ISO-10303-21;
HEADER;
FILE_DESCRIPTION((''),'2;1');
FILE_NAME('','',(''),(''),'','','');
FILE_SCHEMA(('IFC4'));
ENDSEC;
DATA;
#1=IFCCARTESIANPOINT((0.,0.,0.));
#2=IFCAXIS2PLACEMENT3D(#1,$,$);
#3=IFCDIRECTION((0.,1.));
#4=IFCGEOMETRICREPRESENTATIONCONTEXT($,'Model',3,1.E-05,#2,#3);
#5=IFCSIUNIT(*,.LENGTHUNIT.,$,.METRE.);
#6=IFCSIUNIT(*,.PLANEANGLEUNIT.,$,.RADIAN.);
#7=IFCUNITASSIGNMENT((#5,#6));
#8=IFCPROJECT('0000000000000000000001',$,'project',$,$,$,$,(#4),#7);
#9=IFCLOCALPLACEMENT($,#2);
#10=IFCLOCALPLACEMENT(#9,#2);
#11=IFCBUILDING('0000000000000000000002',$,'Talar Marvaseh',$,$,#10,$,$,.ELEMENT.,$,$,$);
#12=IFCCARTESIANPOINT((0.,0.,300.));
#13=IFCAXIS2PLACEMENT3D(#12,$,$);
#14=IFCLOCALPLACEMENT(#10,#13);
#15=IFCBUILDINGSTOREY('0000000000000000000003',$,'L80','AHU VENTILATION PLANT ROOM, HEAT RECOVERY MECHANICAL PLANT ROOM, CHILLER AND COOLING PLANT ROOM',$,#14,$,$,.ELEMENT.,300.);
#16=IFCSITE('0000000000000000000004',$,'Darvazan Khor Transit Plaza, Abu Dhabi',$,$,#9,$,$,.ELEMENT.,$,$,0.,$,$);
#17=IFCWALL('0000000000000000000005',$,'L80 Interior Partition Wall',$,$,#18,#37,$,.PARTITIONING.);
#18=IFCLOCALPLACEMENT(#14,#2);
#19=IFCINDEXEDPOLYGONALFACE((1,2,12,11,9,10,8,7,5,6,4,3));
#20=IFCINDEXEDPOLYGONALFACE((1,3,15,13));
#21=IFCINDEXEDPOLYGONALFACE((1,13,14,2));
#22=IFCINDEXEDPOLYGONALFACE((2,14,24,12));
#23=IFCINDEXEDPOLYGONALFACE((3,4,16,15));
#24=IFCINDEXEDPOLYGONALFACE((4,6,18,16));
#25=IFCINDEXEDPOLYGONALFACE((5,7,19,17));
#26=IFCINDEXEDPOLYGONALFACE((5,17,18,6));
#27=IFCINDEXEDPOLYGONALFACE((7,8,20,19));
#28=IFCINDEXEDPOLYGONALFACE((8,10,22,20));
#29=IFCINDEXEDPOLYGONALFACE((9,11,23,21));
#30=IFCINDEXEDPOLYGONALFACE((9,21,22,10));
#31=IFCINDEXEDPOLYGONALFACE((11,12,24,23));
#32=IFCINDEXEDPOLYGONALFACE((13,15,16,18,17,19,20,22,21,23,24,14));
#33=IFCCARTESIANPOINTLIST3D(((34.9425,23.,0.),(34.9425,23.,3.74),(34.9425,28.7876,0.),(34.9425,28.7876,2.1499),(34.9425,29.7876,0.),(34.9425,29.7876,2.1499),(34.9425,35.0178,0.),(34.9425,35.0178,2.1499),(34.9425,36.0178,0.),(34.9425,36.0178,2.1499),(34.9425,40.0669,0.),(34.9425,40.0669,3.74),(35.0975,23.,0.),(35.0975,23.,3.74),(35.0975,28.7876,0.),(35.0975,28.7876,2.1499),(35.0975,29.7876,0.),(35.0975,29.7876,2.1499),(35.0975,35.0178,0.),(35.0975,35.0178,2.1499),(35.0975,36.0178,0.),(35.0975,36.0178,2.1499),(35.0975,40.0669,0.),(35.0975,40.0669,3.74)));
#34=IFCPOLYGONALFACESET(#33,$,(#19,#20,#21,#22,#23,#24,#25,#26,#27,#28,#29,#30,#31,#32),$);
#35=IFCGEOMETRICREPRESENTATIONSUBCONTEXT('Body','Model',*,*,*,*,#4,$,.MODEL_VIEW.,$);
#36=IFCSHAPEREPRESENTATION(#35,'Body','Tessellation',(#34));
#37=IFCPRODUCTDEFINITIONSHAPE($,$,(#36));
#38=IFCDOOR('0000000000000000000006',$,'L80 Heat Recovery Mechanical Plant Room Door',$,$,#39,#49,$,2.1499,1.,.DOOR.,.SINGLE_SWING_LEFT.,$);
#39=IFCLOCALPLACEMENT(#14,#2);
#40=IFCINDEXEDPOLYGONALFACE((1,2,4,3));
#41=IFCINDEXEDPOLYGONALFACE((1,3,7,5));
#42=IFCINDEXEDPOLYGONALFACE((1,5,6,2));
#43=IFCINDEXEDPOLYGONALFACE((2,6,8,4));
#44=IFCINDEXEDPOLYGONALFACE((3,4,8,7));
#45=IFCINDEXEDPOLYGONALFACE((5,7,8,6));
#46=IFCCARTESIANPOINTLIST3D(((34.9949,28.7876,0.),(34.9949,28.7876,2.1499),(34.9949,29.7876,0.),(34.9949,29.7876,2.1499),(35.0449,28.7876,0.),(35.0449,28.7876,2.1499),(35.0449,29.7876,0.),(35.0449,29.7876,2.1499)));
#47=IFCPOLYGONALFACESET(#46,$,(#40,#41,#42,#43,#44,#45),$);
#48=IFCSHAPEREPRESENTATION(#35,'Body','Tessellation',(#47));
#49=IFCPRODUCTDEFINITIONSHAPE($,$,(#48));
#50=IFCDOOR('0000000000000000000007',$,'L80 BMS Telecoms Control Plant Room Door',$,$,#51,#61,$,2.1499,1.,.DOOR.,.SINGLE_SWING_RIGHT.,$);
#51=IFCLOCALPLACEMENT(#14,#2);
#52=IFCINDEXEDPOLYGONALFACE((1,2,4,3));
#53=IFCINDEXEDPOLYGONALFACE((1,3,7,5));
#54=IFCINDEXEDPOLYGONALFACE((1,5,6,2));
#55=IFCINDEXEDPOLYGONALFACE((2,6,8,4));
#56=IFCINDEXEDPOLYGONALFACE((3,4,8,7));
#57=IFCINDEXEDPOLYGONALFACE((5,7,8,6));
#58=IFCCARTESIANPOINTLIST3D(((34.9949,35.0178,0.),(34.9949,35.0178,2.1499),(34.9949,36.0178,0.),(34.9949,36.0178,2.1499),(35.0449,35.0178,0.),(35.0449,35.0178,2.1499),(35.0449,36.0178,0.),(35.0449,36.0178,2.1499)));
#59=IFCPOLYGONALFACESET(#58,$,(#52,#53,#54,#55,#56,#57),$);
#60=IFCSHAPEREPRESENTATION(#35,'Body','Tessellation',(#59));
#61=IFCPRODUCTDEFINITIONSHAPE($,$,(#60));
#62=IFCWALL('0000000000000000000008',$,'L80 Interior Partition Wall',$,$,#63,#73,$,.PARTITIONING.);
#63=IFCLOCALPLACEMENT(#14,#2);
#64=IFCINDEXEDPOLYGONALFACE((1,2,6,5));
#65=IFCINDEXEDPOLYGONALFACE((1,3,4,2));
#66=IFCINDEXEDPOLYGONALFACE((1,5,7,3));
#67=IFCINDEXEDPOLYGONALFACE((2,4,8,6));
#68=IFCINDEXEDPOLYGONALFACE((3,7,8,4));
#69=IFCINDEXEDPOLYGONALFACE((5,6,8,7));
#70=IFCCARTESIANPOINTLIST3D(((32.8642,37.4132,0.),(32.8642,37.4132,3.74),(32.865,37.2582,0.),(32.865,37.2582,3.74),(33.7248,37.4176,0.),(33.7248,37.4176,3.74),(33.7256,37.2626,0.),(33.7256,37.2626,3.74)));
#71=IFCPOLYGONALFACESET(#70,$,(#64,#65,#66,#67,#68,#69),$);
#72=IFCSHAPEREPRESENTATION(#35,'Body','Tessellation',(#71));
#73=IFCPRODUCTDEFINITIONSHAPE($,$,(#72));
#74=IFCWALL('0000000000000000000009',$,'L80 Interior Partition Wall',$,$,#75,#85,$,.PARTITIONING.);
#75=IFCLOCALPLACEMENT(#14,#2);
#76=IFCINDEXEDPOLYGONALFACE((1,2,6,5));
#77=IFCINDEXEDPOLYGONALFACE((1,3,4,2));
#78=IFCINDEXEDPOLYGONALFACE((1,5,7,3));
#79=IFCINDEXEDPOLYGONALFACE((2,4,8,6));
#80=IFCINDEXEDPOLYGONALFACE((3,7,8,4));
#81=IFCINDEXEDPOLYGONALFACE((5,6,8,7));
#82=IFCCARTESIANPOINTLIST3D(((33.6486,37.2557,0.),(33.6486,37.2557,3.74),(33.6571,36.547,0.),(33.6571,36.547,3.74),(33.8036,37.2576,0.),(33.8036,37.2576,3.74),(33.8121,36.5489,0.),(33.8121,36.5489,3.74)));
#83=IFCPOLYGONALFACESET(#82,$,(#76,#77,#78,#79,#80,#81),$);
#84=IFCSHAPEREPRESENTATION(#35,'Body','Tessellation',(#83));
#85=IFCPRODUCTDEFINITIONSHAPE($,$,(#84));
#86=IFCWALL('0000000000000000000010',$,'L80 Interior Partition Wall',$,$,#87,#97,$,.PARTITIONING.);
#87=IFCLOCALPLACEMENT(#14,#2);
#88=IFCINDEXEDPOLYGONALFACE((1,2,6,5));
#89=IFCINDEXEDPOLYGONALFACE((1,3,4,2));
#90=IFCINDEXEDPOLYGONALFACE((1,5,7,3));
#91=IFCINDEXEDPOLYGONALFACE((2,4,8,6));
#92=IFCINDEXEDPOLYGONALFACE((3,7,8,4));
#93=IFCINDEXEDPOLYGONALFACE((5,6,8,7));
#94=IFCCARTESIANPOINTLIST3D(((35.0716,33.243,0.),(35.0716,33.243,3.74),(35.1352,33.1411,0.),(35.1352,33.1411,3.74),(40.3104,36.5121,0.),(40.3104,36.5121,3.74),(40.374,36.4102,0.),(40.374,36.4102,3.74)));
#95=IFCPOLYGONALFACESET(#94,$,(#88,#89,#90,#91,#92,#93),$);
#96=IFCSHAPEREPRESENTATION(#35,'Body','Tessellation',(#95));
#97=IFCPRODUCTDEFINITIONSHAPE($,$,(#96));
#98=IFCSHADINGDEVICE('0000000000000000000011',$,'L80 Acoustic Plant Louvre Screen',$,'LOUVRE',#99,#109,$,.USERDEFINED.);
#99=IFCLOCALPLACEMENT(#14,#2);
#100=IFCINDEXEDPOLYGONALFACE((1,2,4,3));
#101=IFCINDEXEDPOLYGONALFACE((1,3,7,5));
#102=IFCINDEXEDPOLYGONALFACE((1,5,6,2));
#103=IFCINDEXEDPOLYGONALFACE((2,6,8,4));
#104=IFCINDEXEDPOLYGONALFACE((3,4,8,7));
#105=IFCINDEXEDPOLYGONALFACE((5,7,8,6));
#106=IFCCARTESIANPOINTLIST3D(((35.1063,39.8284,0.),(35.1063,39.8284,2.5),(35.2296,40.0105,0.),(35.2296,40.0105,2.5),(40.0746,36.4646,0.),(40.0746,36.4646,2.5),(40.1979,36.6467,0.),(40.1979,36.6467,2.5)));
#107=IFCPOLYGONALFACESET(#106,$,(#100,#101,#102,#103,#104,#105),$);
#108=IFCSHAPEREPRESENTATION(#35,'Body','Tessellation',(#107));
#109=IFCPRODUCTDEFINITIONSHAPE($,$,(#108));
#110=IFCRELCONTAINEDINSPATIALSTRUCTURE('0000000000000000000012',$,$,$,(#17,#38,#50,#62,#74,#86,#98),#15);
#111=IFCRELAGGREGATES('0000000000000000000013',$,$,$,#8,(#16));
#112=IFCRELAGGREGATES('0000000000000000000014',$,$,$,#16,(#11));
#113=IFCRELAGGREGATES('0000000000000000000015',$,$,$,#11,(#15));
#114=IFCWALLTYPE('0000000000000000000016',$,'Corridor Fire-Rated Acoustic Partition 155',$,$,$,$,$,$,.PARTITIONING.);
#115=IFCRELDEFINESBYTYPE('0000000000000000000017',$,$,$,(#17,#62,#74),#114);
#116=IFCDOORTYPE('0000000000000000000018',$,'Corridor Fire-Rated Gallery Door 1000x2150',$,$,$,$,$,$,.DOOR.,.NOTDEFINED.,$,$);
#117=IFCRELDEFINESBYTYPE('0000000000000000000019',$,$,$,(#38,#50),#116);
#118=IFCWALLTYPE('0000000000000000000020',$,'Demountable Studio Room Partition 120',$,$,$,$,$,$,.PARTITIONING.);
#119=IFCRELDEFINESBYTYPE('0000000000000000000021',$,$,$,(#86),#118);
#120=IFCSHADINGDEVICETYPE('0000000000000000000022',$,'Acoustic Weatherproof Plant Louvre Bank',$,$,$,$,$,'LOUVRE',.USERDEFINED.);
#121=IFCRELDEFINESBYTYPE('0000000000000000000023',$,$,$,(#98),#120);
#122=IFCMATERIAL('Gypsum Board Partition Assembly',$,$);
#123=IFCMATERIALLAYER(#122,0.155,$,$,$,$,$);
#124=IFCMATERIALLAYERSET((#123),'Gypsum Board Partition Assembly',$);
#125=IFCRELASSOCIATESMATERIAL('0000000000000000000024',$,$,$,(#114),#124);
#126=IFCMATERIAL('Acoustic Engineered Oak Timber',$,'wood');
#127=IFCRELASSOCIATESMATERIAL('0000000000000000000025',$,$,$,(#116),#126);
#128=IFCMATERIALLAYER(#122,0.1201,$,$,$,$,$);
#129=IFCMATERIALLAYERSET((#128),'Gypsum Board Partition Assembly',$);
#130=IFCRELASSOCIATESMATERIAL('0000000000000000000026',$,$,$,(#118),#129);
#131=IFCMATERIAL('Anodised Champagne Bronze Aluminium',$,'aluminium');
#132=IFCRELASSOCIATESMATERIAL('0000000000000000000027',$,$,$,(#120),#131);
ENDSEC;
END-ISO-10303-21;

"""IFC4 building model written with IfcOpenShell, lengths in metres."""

from ifc_helpers import new_model, si_unit, direction, frame, frame_2d, origin, origin_2d, place, context, subcontext, project, spatial, rectangle, extrude, source, transform, mapped, material, layer, layer_set, type_object, type_shapes, element, fill, save


model = new_model("IFC4")

# Units and contexts
model_context = context("Model", 3, precision=1e-05, world=origin(), true_north=direction((0.0, 1.0)))
body_context = subcontext(model_context, "Body", "Model", "MODEL_VIEW")
ifc_project = project(units=[si_unit("LENGTHUNIT", "METRE"), si_unit("PLANEANGLEUNIT", "RADIAN")], contexts=[model_context])

# Site, building, storey
site_placement = place(None, origin())
site = spatial("IfcSite", under=ifc_project, at=site_placement, Name="Darvazan Khor Transit Plaza, Abu Dhabi", CompositionType="ELEMENT", RefElevation=0.0)
building_placement = place(site_placement, origin())
building = spatial("IfcBuilding", under=site, at=building_placement, Name="Talar Marvaseh", CompositionType="ELEMENT")
storey_placement = place(building_placement, frame((0.0, 0.0, 300.0)))
storey = spatial("IfcBuildingStorey", under=building, at=storey_placement, Name="L80", Description="AHU VENTILATION PLANT ROOM, HEAT RECOVERY MECHANICAL PLANT ROOM, CHILLER AND COOLING PLANT ROOM", CompositionType="ELEMENT", Elevation=300.0)

# Wall, openings, doors
ifc_material_1 = material(Name="Gypsum Board Partition Assembly")
ifc_layer_1 = layer(ifc_material_1, 0.155)
ifc_layer_set_1 = layer_set([ifc_layer_1], Name="Gypsum Board Partition Assembly")
wall_type_1 = type_object("IfcWallType", Name="Corridor Fire-Rated Acoustic Partition 155", PredefinedType="PARTITIONING", material=ifc_layer_set_1)
wall_1_placement = place(storey_placement, frame((35.02, 40.0669, 0.0), z_axis=(0.0, 0.0, 1.0), x_axis=(0.0, -1.0, 0.0)))
wall_1 = element("IfcWall", 1, at=wall_1_placement, inside=storey, type_object=wall_type_1, Name="L80 Interior Partition Wall", PredefinedType="PARTITIONING", context=body_context, shape_type="SweptSolid", body=[
    extrude(rectangle(XDim=17.0669, YDim=0.155, at=frame_2d((8.5334, 0.0))), origin(), (0.0, 0.0, 1.0), 3.74),
])
opening_1_placement = place(wall_1_placement, frame((10.2793, 0.0, 0.0)))
opening_1 = element("IfcOpeningElement", 2, at=opening_1_placement, cuts=wall_1, PredefinedType="OPENING", context=body_context, shape_type="SweptSolid", body=[
    extrude(rectangle(XDim=1.0, YDim=2.1499, at=frame_2d((0.5, 1.075))), frame((0.0, 0.0874, 0.0), z_axis=(0.0, -1.0, 0.0), x_axis=(1.0, 0.0, 0.0)), (0.0, 0.0, 1.0), 0.175),
])
opening_2_placement = place(wall_1_placement, frame((4.0491, 0.0, 0.0)))
opening_2 = element("IfcOpeningElement", 3, at=opening_2_placement, cuts=wall_1, PredefinedType="OPENING", context=body_context, shape_type="SweptSolid", body=[
    extrude(rectangle(XDim=1.0, YDim=2.1499, at=frame_2d((0.5, 1.075))), frame((0.0, 0.0874, 0.0), z_axis=(0.0, -1.0, 0.0), x_axis=(1.0, 0.0, 0.0)), (0.0, 0.0, 1.0), 0.175),
])
ifc_material_2 = material(Name="Acoustic Engineered Oak Timber", Category="wood")
door_type = type_object("IfcDoorType", Name="Corridor Fire-Rated Gallery Door 1000x2150", OperationType="NOTDEFINED", PredefinedType="DOOR", material=ifc_material_2)
shared_shape_1 = source(origin(), body_context, "Body", "SweptSolid", [
    extrude(rectangle(XDim=1.0, YDim=2.1499, at=frame_2d((0.5, 1.075))), frame((0.0, 0.0249, 0.0), z_axis=(0.0, -1.0, 0.0), x_axis=(1.0, 0.0, 0.0)), (0.0, 0.0, 1.0), 0.05),
])
type_shapes(door_type, [shared_shape_1])
door_1_placement = place(opening_1_placement, origin())
door_1 = element("IfcDoor", 4, at=door_1_placement, inside=storey, type_object=door_type, Name="L80 Heat Recovery Mechanical Plant Room Door", OperationType="SINGLE_SWING_LEFT", OverallHeight=2.1499, OverallWidth=1.0, PredefinedType="DOOR", context=body_context, shape_type="MappedRepresentation", body=[
    mapped(shared_shape_1, transform((0.0, 0.0, 0.0), x_axis=(1.0, 0.0, 0.0), y_axis=(0.0, 1.0, 0.0), z_axis=(0.0, 0.0, 1.0), scale=1.0)),
])
fill(opening_1, door_1)
door_2_placement = place(opening_2_placement, origin())
door_2 = element("IfcDoor", 5, at=door_2_placement, inside=storey, type_object=door_type, Name="L80 BMS Telecoms Control Plant Room Door", OperationType="SINGLE_SWING_RIGHT", OverallHeight=2.1499, OverallWidth=1.0, PredefinedType="DOOR", context=body_context, shape_type="MappedRepresentation", body=[
    mapped(shared_shape_1, transform((0.0, 0.0, 0.0), x_axis=(1.0, 0.0, 0.0), y_axis=(0.0, 1.0, 0.0), z_axis=(0.0, 0.0, 1.0), scale=1.0)),
])
fill(opening_2, door_2)

# Walls
wall_2_placement = place(storey_placement, frame((33.7251, 37.3401, 0.0), z_axis=(0.0, 0.0, 1.0), x_axis=(-0.999987, -0.005106, 0.0)))
element("IfcWall", 6, at=wall_2_placement, inside=storey, type_object=wall_type_1, Name="L80 Interior Partition Wall", PredefinedType="PARTITIONING", context=body_context, shape_type="SweptSolid", body=[
    extrude(rectangle(XDim=0.8606, YDim=0.155, at=frame_2d((0.4302, 0.0))), origin(), (0.0, 0.0, 1.0), 3.74),
])
wall_3_placement = place(storey_placement, frame((33.7346, 36.5479, 0.0), z_axis=(0.0, 0.0, 1.0), x_axis=(-0.012056, 0.999927, 0.0)))
element("IfcWall", 7, at=wall_3_placement, inside=storey, type_object=wall_type_1, Name="L80 Interior Partition Wall", PredefinedType="PARTITIONING", context=body_context, shape_type="SweptSolid", body=[
    extrude(rectangle(XDim=0.7087, YDim=0.155, at=frame_2d((0.3545, 0.0))), origin(), (0.0, 0.0, 1.0), 3.74),
])
ifc_layer_2 = layer(ifc_material_1, 0.1201)
ifc_layer_set_2 = layer_set([ifc_layer_2], Name="Gypsum Board Partition Assembly")
wall_type_2 = type_object("IfcWallType", Name="Demountable Studio Room Partition 120", PredefinedType="PARTITIONING", material=ifc_layer_set_2)
wall_4_placement = place(storey_placement, frame((35.1035, 33.1921, 0.0), z_axis=(0.0, 0.0, 1.0), x_axis=(0.848376, 0.529395, 0.0)))
element("IfcWall", 8, at=wall_4_placement, inside=storey, type_object=wall_type_2, Name="L80 Interior Partition Wall", PredefinedType="PARTITIONING", context=body_context, shape_type="SweptSolid", body=[
    extrude(rectangle(XDim=6.175, YDim=0.1201, at=frame_2d((3.0874, 0.0))), origin(), (0.0, 0.0, 1.0), 3.74),
])

# Shading device
ifc_material_3 = material(Name="Anodised Champagne Bronze Aluminium", Category="aluminium")
shading_device_type = type_object("IfcShadingDeviceType", Name="Acoustic Weatherproof Plant Louvre Bank", ElementType="LOUVRE", PredefinedType="USERDEFINED", material=ifc_material_3)
shared_shape_2 = source(origin(), body_context, "Body", "SweptSolid", [
    extrude(rectangle(XDim=6.0, YDim=0.22, at=origin_2d()), origin(), (0.0, 0.0, 1.0), 2.5),
])
type_shapes(shading_device_type, [shared_shape_2])
shading_device_placement = place(storey_placement, frame((37.6521, 38.2375, 0.0), z_axis=(0.0, 0.0, 1.0), x_axis=(0.82806, -0.560639, 0.0)))
element("IfcShadingDevice", 9, at=shading_device_placement, inside=storey, type_object=shading_device_type, Name="L80 Acoustic Plant Louvre Screen", ObjectType="LOUVRE", PredefinedType="USERDEFINED", context=body_context, shape_type="MappedRepresentation", body=[
    mapped(shared_shape_2, transform((0.0, 0.0, 0.0), x_axis=(1.0, 0.0, 0.0), y_axis=(0.0, 1.0, 0.0), z_axis=(0.0, 0.0, 1.0), scale=1.0)),
])

save(model, "model.ifc")
